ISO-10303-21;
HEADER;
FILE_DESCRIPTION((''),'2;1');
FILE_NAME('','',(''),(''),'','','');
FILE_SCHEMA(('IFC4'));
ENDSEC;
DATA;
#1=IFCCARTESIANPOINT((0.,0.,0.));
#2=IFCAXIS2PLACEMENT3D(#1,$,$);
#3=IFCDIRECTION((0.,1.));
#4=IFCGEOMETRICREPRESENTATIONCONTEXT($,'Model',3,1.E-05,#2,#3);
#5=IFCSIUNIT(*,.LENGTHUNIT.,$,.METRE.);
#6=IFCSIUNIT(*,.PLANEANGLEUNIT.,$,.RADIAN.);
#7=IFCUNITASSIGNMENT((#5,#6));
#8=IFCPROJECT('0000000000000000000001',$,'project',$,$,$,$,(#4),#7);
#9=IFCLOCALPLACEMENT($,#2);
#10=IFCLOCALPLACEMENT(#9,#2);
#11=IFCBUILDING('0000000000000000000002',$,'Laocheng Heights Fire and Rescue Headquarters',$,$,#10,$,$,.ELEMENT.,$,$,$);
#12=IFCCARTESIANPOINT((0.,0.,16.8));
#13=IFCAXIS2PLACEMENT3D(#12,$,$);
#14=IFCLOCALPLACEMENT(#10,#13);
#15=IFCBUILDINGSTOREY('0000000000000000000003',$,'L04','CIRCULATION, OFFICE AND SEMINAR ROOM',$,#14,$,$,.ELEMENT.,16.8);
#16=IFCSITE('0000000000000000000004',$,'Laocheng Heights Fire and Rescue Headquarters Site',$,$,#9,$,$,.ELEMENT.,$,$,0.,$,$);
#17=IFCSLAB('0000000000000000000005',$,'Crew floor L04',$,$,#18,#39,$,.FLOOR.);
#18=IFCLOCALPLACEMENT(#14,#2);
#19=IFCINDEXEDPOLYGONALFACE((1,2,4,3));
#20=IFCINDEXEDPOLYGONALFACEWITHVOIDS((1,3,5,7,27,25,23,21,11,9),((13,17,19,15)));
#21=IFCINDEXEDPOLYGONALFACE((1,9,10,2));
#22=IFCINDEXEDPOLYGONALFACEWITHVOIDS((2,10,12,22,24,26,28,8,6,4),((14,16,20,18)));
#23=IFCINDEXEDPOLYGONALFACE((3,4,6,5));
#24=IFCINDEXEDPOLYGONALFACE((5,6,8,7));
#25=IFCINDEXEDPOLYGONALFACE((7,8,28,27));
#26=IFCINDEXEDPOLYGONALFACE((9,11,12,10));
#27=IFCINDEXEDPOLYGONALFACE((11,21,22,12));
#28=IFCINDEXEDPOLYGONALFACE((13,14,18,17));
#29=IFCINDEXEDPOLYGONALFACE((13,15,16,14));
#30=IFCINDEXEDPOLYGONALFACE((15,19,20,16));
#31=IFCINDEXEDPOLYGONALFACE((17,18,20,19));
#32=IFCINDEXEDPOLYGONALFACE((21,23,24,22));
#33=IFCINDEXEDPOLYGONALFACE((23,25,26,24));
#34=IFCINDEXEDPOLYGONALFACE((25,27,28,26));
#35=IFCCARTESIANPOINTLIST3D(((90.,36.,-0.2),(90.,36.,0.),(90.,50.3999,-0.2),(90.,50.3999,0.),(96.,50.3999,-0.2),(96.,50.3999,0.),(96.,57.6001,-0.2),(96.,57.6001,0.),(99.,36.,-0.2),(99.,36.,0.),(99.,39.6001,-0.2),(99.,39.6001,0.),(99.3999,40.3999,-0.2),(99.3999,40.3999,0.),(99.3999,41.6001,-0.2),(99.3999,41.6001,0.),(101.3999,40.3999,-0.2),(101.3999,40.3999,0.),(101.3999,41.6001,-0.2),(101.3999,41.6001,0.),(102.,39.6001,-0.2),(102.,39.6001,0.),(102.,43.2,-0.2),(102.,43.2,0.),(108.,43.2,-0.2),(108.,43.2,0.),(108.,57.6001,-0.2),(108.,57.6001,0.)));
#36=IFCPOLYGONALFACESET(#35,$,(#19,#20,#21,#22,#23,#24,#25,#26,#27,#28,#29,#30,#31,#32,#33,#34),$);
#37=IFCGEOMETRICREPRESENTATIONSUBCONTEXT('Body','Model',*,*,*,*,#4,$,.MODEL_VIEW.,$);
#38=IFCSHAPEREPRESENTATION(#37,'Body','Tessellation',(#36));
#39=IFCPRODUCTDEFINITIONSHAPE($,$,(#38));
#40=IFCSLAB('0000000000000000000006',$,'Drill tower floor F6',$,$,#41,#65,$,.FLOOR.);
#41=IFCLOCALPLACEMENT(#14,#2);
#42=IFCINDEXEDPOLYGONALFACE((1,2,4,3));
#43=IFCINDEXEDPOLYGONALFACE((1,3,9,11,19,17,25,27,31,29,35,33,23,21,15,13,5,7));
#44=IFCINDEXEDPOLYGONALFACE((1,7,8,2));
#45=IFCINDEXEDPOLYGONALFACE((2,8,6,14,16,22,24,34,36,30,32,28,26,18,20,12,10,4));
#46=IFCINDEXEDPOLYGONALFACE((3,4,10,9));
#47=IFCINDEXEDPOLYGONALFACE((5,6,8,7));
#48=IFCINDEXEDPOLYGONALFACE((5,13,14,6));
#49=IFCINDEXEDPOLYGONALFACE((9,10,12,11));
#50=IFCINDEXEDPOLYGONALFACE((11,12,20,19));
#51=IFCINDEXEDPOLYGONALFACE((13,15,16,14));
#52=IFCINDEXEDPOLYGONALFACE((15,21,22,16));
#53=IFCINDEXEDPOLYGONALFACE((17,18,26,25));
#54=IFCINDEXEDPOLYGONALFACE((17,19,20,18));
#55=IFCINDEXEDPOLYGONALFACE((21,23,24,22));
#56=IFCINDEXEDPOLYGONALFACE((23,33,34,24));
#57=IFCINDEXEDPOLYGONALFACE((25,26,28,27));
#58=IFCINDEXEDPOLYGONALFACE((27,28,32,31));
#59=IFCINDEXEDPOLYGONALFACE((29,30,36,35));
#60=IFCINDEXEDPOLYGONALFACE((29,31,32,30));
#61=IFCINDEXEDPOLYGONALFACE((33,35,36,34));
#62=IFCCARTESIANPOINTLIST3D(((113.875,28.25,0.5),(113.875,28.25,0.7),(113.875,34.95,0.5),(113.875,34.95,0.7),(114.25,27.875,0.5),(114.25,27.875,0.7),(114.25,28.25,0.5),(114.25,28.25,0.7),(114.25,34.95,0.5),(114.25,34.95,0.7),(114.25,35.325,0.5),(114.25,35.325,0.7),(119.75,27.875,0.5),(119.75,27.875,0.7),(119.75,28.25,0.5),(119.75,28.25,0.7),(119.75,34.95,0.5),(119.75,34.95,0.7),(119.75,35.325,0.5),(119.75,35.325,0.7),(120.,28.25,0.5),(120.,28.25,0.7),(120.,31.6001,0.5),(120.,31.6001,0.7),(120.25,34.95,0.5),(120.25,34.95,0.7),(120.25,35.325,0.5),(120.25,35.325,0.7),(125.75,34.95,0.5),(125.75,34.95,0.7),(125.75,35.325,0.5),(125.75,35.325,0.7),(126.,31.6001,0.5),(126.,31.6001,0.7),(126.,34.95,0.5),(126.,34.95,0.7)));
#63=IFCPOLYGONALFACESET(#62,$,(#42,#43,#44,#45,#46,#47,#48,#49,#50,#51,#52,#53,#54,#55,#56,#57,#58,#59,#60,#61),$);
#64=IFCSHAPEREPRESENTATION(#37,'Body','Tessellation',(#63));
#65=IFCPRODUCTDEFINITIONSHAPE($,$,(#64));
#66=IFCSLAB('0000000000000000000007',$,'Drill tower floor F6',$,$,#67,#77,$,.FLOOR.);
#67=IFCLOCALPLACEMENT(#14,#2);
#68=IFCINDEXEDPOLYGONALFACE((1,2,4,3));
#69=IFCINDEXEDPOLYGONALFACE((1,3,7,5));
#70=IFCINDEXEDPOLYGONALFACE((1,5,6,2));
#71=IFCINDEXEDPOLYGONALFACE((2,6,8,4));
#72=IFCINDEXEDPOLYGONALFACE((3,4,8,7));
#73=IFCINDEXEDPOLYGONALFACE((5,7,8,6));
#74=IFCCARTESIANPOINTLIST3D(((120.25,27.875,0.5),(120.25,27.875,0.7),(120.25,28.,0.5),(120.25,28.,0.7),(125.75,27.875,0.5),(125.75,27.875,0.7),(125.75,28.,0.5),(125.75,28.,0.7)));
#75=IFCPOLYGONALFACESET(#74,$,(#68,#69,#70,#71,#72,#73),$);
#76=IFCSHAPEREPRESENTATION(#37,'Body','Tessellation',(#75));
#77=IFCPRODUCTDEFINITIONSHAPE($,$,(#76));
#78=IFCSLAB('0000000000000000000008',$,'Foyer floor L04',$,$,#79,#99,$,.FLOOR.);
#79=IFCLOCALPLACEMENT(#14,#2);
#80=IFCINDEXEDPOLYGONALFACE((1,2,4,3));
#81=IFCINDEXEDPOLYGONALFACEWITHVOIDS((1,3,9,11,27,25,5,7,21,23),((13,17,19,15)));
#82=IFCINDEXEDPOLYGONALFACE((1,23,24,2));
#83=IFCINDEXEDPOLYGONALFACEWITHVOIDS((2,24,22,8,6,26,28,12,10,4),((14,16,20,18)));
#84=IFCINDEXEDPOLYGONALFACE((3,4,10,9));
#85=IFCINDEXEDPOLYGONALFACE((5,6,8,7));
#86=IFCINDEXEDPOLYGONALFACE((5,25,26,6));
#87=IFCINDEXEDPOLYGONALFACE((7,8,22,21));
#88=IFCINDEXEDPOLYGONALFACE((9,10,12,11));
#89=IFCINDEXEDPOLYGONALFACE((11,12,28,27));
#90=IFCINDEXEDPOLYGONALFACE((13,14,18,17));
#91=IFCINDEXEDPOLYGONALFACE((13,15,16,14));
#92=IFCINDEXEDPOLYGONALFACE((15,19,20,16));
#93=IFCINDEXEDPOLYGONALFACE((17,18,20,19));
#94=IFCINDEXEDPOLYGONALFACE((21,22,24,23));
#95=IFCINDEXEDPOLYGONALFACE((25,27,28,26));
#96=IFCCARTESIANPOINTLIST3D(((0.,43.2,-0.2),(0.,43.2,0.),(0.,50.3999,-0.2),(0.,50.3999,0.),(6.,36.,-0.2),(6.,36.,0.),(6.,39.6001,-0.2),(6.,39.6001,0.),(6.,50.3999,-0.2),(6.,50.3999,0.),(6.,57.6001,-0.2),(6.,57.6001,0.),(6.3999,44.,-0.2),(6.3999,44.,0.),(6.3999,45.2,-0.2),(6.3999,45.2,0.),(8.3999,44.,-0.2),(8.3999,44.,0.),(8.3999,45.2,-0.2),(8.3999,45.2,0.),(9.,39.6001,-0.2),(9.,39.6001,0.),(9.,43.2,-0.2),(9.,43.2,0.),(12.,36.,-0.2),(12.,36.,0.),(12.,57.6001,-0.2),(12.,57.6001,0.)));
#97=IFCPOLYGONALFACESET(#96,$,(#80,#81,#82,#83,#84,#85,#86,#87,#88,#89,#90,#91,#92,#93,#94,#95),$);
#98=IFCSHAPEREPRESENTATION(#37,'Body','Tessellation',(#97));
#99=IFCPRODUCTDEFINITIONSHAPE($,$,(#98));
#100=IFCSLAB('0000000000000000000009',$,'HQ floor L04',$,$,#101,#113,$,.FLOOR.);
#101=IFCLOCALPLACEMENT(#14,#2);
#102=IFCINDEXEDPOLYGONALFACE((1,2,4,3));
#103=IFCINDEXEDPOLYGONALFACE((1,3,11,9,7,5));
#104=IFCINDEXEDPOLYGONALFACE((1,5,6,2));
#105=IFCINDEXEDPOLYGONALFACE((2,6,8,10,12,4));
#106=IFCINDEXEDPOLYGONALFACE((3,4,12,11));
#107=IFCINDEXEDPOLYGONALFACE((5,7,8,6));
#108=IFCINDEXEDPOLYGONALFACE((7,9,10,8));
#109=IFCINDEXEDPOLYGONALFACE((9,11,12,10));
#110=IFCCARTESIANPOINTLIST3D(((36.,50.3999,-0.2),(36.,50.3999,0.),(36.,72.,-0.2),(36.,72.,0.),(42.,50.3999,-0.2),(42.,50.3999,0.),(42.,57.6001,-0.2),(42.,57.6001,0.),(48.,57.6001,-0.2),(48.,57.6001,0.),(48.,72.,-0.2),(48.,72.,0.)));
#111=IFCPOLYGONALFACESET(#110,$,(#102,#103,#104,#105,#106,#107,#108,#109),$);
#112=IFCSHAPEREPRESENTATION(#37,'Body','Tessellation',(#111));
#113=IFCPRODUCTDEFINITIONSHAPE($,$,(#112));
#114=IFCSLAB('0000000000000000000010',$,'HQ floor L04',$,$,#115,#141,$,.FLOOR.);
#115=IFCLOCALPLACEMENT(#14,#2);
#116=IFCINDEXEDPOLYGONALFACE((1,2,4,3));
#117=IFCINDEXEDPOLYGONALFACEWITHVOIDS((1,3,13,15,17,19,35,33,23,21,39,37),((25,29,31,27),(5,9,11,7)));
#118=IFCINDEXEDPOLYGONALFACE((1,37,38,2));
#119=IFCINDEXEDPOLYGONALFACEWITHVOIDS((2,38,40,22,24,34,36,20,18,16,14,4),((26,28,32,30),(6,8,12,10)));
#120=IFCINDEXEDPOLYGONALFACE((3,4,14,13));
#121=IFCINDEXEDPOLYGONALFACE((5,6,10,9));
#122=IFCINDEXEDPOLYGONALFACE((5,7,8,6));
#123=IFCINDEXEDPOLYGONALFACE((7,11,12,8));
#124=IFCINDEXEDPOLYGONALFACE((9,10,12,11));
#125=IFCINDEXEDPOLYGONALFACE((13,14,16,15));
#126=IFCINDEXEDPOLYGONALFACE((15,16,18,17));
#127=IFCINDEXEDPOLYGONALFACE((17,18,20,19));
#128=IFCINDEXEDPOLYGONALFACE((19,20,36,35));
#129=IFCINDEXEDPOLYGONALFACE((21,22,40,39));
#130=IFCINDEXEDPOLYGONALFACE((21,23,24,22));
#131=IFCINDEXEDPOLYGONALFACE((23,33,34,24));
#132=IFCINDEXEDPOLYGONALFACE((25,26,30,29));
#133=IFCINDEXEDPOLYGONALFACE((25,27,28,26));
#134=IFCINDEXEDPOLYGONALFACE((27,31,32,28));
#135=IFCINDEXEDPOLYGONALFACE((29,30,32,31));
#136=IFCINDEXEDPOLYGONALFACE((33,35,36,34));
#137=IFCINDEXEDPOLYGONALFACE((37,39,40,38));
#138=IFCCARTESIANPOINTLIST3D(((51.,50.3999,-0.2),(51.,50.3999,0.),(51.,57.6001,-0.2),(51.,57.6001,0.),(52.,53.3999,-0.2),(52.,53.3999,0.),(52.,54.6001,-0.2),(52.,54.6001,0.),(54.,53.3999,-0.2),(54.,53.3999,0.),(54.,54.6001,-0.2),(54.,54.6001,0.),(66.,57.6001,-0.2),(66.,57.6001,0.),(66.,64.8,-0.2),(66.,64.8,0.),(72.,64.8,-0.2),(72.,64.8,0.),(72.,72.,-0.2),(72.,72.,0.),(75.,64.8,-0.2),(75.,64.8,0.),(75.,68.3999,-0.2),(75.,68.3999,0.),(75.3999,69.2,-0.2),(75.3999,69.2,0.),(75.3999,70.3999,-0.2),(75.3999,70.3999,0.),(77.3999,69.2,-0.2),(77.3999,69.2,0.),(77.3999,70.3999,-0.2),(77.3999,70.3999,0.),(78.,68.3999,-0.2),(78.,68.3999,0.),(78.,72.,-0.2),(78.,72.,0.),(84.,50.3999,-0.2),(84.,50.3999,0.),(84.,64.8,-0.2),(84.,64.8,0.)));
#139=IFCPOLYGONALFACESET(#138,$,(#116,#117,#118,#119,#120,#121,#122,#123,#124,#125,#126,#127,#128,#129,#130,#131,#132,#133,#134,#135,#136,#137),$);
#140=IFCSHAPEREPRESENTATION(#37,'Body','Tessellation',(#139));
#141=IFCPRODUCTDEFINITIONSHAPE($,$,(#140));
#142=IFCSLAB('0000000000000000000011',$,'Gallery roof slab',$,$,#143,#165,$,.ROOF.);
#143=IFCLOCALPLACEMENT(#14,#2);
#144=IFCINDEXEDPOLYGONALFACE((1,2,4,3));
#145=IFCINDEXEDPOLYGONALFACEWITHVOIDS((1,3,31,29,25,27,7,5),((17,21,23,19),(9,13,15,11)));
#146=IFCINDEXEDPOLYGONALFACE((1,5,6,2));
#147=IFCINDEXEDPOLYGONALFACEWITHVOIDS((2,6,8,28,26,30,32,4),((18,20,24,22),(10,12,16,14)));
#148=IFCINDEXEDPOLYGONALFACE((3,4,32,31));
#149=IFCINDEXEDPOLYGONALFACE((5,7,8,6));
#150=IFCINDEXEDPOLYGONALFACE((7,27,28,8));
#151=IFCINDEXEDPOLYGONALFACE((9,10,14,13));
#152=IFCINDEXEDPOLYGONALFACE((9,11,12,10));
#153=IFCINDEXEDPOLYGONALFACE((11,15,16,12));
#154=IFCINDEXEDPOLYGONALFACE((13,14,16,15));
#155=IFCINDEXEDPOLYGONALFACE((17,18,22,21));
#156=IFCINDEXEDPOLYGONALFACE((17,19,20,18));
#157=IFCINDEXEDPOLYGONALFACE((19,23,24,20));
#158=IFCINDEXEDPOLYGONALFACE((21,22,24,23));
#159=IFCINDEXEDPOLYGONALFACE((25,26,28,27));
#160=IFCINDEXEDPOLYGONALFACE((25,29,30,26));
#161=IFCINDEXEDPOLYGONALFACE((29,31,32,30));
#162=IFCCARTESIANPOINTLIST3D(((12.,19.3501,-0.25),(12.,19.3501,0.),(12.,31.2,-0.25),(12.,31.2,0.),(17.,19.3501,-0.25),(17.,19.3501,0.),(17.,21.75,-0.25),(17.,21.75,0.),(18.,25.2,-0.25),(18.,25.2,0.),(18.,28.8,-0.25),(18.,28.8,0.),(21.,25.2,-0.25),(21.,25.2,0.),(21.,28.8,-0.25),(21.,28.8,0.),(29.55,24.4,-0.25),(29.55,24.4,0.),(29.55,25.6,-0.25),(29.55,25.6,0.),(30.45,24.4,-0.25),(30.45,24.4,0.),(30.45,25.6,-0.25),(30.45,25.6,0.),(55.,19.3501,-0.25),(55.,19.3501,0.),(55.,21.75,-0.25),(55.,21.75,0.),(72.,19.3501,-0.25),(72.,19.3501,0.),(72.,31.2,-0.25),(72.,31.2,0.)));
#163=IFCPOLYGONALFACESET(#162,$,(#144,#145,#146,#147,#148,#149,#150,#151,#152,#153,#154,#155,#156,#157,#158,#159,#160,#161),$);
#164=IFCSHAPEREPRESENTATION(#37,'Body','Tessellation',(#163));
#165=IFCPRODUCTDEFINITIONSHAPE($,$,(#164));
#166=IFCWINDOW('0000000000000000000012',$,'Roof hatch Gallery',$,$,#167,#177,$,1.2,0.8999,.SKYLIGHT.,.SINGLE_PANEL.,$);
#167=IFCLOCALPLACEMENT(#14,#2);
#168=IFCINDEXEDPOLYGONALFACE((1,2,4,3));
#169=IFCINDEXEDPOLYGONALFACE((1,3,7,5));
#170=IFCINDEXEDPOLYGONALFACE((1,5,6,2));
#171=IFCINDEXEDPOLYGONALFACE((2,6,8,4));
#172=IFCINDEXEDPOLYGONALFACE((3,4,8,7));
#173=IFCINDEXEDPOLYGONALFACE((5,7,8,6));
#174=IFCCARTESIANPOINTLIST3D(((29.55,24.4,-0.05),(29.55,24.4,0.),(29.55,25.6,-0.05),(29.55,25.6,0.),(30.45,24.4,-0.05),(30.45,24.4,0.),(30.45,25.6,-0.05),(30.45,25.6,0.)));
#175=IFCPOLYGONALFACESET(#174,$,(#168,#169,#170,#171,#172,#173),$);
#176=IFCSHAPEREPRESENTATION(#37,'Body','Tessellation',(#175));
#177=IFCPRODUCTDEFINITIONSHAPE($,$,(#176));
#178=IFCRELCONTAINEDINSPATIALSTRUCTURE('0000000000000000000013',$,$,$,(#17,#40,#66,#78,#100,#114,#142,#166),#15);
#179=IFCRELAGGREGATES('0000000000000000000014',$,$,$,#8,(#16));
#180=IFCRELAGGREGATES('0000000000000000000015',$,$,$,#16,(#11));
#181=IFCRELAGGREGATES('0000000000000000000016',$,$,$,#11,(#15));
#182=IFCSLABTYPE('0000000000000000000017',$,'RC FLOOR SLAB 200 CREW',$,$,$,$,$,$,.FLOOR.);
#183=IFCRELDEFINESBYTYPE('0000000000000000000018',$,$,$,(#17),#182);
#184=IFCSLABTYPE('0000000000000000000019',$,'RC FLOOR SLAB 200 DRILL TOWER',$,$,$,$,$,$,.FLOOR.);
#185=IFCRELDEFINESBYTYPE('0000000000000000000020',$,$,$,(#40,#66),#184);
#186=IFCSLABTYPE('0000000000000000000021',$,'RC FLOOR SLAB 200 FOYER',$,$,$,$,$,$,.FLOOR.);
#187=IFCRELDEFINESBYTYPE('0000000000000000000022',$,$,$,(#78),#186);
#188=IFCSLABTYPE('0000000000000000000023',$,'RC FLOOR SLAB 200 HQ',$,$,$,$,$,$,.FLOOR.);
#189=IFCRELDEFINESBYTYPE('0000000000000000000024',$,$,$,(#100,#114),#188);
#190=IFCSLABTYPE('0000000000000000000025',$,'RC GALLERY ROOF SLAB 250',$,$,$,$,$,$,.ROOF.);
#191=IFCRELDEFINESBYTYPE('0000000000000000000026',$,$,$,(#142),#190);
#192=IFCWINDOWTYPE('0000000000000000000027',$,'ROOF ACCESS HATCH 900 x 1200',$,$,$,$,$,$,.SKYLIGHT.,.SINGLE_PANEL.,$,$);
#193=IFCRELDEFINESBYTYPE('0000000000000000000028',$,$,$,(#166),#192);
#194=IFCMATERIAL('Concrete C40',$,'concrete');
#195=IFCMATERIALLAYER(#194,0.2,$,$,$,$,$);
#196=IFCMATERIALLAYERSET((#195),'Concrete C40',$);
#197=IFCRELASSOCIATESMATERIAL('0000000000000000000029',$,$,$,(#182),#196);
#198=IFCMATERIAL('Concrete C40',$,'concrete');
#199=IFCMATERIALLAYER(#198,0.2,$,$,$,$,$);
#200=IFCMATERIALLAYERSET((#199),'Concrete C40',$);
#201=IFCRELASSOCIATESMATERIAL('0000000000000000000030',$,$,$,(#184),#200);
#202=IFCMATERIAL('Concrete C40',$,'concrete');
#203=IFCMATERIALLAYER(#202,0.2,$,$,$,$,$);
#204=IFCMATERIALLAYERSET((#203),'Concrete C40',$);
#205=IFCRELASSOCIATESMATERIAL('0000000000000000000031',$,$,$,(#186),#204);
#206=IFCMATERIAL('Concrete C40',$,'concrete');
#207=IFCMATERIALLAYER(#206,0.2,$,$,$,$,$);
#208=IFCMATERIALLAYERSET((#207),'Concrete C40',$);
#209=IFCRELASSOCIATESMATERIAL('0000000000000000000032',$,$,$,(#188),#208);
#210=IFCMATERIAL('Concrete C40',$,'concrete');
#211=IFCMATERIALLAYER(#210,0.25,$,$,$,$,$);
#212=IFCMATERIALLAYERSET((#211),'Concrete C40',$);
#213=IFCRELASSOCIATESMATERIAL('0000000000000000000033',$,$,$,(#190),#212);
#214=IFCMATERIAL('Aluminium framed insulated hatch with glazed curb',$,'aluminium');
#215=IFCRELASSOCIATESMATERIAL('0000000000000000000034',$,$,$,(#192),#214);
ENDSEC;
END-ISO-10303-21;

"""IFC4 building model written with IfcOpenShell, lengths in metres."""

from ifc_helpers import new_model, si_unit, direction, frame, origin, origin_2d, place, context, subcontext, project, spatial, polyline, rectangle, outline, extrude, material, layer, layer_set, type_object, element, fill, save


model = new_model("IFC4")

# Units and contexts
model_context = context("Model", 3, precision=1e-05, world=origin(), true_north=direction((0.0, 1.0)))
body_context = subcontext(model_context, "Body", "Model", "MODEL_VIEW")
ifc_project = project(units=[si_unit("LENGTHUNIT", "METRE"), si_unit("PLANEANGLEUNIT", "RADIAN")], contexts=[model_context])

# Site, building, storey
site_placement = place(None, origin())
site = spatial("IfcSite", under=ifc_project, at=site_placement, Name="Laocheng Heights Fire and Rescue Headquarters Site", CompositionType="ELEMENT", RefElevation=0.0)
building_placement = place(site_placement, origin())
building = spatial("IfcBuilding", under=site, at=building_placement, Name="Laocheng Heights Fire and Rescue Headquarters", CompositionType="ELEMENT")
storey_placement = place(building_placement, frame((0.0, 0.0, 16.8)))
storey = spatial("IfcBuildingStorey", under=building, at=storey_placement, Name="L04", Description="CIRCULATION, OFFICE AND SEMINAR ROOM", CompositionType="ELEMENT", Elevation=16.8)

# Slabs
ifc_material_1 = material(Name="Concrete C40", Category="concrete")
ifc_layer_1 = layer(ifc_material_1, 0.2)
ifc_layer_set_1 = layer_set([ifc_layer_1], Name="Concrete C40")
slab_type_1 = type_object("IfcSlabType", Name="RC FLOOR SLAB 200 CREW", PredefinedType="FLOOR", material=ifc_layer_set_1)
slab_1_placement = place(storey_placement, frame((0.0, 0.0, -0.2)))
element("IfcSlab", 1, at=slab_1_placement, inside=storey, type_object=slab_type_1, Name="Crew floor L04", PredefinedType="FLOOR", context=body_context, shape_type="SweptSolid", body=[
    extrude(outline(polyline([(108.0, 57.6001), (96.0, 57.6001), (96.0, 50.3999), (90.0, 50.3999), (90.0, 36.0), (99.0, 36.0), (99.0, 39.6001), (102.0, 39.6001), (102.0, 43.2), (108.0, 43.2), (108.0, 57.6001)]), holes=[polyline([(101.3999, 41.6001), (101.3999, 40.3999), (99.3999, 40.3999), (99.3999, 41.6001), (101.3999, 41.6001)])]), origin(), (0.0, 0.0, 1.0), 0.2),
])
ifc_material_2 = material(Name="Concrete C40", Category="concrete")
ifc_layer_2 = layer(ifc_material_2, 0.2)
ifc_layer_set_2 = layer_set([ifc_layer_2], Name="Concrete C40")
slab_type_2 = type_object("IfcSlabType", Name="RC FLOOR SLAB 200 DRILL TOWER", PredefinedType="FLOOR", material=ifc_layer_set_2)
slab_2_placement = place(storey_placement, frame((0.0, 0.0, 0.5)))
element("IfcSlab", 2, at=slab_2_placement, inside=storey, type_object=slab_type_2, Name="Drill tower floor F6", PredefinedType="FLOOR", context=body_context, shape_type="SweptSolid", body=[
    extrude(outline(polyline([(126.0, 31.6001), (126.0, 34.95), (125.75, 34.95), (125.75, 35.325), (120.25, 35.325), (120.25, 34.95), (119.75, 34.95), (119.75, 35.325), (114.25, 35.325), (114.25, 34.95), (113.875, 34.95), (113.875, 28.25), (114.25, 28.25), (114.25, 27.875), (119.75, 27.875), (119.75, 28.25), (120.0, 28.25), (120.0, 31.6001), (126.0, 31.6001)])), origin(), (0.0, 0.0, 1.0), 0.2),
])
slab_3_placement = place(storey_placement, frame((0.0, 0.0, 0.5)))
element("IfcSlab", 3, at=slab_3_placement, inside=storey, type_object=slab_type_2, Name="Drill tower floor F6", PredefinedType="FLOOR", context=body_context, shape_type="SweptSolid", body=[
    extrude(outline(polyline([(120.25, 27.875), (125.75, 27.875), (125.75, 28.0), (120.25, 28.0), (120.25, 27.875)])), origin(), (0.0, 0.0, 1.0), 0.2),
])
ifc_material_3 = material(Name="Concrete C40", Category="concrete")
ifc_layer_3 = layer(ifc_material_3, 0.2)
ifc_layer_set_3 = layer_set([ifc_layer_3], Name="Concrete C40")
slab_type_3 = type_object("IfcSlabType", Name="RC FLOOR SLAB 200 FOYER", PredefinedType="FLOOR", material=ifc_layer_set_3)
slab_4_placement = place(storey_placement, frame((0.0, 0.0, -0.2)))
element("IfcSlab", 4, at=slab_4_placement, inside=storey, type_object=slab_type_3, Name="Foyer floor L04", PredefinedType="FLOOR", context=body_context, shape_type="SweptSolid", body=[
    extrude(outline(polyline([(12.0, 57.6001), (6.0, 57.6001), (6.0, 50.3999), (0.0, 50.3999), (0.0, 43.2), (9.0, 43.2), (9.0, 39.6001), (6.0, 39.6001), (6.0, 36.0), (12.0, 36.0), (12.0, 57.6001)]), holes=[polyline([(8.3999, 45.2), (8.3999, 44.0), (6.3999, 44.0), (6.3999, 45.2), (8.3999, 45.2)])]), origin(), (0.0, 0.0, 1.0), 0.2),
])
ifc_material_4 = material(Name="Concrete C40", Category="concrete")
ifc_layer_4 = layer(ifc_material_4, 0.2)
ifc_layer_set_4 = layer_set([ifc_layer_4], Name="Concrete C40")
slab_type_4 = type_object("IfcSlabType", Name="RC FLOOR SLAB 200 HQ", PredefinedType="FLOOR", material=ifc_layer_set_4)
slab_5_placement = place(storey_placement, frame((0.0, 0.0, -0.2)))
element("IfcSlab", 5, at=slab_5_placement, inside=storey, type_object=slab_type_4, Name="HQ floor L04", PredefinedType="FLOOR", context=body_context, shape_type="SweptSolid", body=[
    extrude(outline(polyline([(36.0, 50.3999), (42.0, 50.3999), (42.0, 57.6001), (48.0, 57.6001), (48.0, 72.0), (36.0, 72.0), (36.0, 50.3999)])), origin(), (0.0, 0.0, 1.0), 0.2),
])
slab_6_placement = place(storey_placement, frame((0.0, 0.0, -0.2)))
element("IfcSlab", 6, at=slab_6_placement, inside=storey, type_object=slab_type_4, Name="HQ floor L04", PredefinedType="FLOOR", context=body_context, shape_type="SweptSolid", body=[
    extrude(outline(polyline([(84.0, 50.3999), (84.0, 64.8), (75.0, 64.8), (75.0, 68.3999), (78.0, 68.3999), (78.0, 72.0), (72.0, 72.0), (72.0, 64.8), (66.0, 64.8), (66.0, 57.6001), (51.0, 57.6001), (51.0, 50.3999), (84.0, 50.3999)]), holes=[polyline([(54.0, 54.6001), (54.0, 53.3999), (52.0, 53.3999), (52.0, 54.6001), (54.0, 54.6001)]), polyline([(77.3999, 69.2), (75.3999, 69.2), (75.3999, 70.3999), (77.3999, 70.3999), (77.3999, 69.2)])]), origin(), (0.0, 0.0, 1.0), 0.2),
])

# Slab, opening, window
ifc_material_5 = material(Name="Concrete C40", Category="concrete")
ifc_layer_5 = layer(ifc_material_5, 0.25)
ifc_layer_set_5 = layer_set([ifc_layer_5], Name="Concrete C40")
slab_type_5 = type_object("IfcSlabType", Name="RC GALLERY ROOF SLAB 250", PredefinedType="ROOF", material=ifc_layer_set_5)
slab_7_placement = place(storey_placement, frame((0.0, 0.0, -0.25)))
slab_7 = element("IfcSlab", 7, at=slab_7_placement, inside=storey, type_object=slab_type_5, Name="Gallery roof slab", PredefinedType="ROOF", context=body_context, shape_type="SweptSolid", body=[
    extrude(outline(polyline([(12.0, 19.3501), (17.0, 19.3501), (17.0, 21.75), (55.0, 21.75), (55.0, 19.3501), (72.0, 19.3501), (72.0, 31.2), (12.0, 31.2), (12.0, 19.3501)]), holes=[polyline([(21.0, 28.8), (21.0, 25.2), (18.0, 25.2), (18.0, 28.8), (21.0, 28.8)])]), origin(), (0.0, 0.0, 1.0), 0.25),
])
opening_placement = place(slab_7_placement, frame((30.0, 25.0, 0.0)))
opening = element("IfcOpeningElement", 8, at=opening_placement, cuts=slab_7, PredefinedType="OPENING", context=body_context, shape_type="SweptSolid", body=[
    extrude(rectangle(XDim=0.8999, YDim=1.2, at=origin_2d()), origin(), (0.0, 0.0, 1.0), 0.25),
])
ifc_material_6 = material(Name="Aluminium framed insulated hatch with glazed curb", Category="aluminium")
window_type = type_object("IfcWindowType", Name="ROOF ACCESS HATCH 900 x 1200", PartitioningType="SINGLE_PANEL", PredefinedType="SKYLIGHT", material=ifc_material_6)
window_placement = place(opening_placement, frame((0.0, 0.0, 0.2)))
window = element("IfcWindow", 9, at=window_placement, inside=storey, type_object=window_type, Name="Roof hatch Gallery", OverallHeight=1.2, OverallWidth=0.8999, PartitioningType="SINGLE_PANEL", PredefinedType="SKYLIGHT", context=body_context, shape_type="SweptSolid", body=[
    extrude(rectangle(XDim=0.8999, YDim=1.2, at=origin_2d()), origin(), (0.0, 0.0, 1.0), 0.05),
])
fill(opening, window)

save(model, "model.ifc")
